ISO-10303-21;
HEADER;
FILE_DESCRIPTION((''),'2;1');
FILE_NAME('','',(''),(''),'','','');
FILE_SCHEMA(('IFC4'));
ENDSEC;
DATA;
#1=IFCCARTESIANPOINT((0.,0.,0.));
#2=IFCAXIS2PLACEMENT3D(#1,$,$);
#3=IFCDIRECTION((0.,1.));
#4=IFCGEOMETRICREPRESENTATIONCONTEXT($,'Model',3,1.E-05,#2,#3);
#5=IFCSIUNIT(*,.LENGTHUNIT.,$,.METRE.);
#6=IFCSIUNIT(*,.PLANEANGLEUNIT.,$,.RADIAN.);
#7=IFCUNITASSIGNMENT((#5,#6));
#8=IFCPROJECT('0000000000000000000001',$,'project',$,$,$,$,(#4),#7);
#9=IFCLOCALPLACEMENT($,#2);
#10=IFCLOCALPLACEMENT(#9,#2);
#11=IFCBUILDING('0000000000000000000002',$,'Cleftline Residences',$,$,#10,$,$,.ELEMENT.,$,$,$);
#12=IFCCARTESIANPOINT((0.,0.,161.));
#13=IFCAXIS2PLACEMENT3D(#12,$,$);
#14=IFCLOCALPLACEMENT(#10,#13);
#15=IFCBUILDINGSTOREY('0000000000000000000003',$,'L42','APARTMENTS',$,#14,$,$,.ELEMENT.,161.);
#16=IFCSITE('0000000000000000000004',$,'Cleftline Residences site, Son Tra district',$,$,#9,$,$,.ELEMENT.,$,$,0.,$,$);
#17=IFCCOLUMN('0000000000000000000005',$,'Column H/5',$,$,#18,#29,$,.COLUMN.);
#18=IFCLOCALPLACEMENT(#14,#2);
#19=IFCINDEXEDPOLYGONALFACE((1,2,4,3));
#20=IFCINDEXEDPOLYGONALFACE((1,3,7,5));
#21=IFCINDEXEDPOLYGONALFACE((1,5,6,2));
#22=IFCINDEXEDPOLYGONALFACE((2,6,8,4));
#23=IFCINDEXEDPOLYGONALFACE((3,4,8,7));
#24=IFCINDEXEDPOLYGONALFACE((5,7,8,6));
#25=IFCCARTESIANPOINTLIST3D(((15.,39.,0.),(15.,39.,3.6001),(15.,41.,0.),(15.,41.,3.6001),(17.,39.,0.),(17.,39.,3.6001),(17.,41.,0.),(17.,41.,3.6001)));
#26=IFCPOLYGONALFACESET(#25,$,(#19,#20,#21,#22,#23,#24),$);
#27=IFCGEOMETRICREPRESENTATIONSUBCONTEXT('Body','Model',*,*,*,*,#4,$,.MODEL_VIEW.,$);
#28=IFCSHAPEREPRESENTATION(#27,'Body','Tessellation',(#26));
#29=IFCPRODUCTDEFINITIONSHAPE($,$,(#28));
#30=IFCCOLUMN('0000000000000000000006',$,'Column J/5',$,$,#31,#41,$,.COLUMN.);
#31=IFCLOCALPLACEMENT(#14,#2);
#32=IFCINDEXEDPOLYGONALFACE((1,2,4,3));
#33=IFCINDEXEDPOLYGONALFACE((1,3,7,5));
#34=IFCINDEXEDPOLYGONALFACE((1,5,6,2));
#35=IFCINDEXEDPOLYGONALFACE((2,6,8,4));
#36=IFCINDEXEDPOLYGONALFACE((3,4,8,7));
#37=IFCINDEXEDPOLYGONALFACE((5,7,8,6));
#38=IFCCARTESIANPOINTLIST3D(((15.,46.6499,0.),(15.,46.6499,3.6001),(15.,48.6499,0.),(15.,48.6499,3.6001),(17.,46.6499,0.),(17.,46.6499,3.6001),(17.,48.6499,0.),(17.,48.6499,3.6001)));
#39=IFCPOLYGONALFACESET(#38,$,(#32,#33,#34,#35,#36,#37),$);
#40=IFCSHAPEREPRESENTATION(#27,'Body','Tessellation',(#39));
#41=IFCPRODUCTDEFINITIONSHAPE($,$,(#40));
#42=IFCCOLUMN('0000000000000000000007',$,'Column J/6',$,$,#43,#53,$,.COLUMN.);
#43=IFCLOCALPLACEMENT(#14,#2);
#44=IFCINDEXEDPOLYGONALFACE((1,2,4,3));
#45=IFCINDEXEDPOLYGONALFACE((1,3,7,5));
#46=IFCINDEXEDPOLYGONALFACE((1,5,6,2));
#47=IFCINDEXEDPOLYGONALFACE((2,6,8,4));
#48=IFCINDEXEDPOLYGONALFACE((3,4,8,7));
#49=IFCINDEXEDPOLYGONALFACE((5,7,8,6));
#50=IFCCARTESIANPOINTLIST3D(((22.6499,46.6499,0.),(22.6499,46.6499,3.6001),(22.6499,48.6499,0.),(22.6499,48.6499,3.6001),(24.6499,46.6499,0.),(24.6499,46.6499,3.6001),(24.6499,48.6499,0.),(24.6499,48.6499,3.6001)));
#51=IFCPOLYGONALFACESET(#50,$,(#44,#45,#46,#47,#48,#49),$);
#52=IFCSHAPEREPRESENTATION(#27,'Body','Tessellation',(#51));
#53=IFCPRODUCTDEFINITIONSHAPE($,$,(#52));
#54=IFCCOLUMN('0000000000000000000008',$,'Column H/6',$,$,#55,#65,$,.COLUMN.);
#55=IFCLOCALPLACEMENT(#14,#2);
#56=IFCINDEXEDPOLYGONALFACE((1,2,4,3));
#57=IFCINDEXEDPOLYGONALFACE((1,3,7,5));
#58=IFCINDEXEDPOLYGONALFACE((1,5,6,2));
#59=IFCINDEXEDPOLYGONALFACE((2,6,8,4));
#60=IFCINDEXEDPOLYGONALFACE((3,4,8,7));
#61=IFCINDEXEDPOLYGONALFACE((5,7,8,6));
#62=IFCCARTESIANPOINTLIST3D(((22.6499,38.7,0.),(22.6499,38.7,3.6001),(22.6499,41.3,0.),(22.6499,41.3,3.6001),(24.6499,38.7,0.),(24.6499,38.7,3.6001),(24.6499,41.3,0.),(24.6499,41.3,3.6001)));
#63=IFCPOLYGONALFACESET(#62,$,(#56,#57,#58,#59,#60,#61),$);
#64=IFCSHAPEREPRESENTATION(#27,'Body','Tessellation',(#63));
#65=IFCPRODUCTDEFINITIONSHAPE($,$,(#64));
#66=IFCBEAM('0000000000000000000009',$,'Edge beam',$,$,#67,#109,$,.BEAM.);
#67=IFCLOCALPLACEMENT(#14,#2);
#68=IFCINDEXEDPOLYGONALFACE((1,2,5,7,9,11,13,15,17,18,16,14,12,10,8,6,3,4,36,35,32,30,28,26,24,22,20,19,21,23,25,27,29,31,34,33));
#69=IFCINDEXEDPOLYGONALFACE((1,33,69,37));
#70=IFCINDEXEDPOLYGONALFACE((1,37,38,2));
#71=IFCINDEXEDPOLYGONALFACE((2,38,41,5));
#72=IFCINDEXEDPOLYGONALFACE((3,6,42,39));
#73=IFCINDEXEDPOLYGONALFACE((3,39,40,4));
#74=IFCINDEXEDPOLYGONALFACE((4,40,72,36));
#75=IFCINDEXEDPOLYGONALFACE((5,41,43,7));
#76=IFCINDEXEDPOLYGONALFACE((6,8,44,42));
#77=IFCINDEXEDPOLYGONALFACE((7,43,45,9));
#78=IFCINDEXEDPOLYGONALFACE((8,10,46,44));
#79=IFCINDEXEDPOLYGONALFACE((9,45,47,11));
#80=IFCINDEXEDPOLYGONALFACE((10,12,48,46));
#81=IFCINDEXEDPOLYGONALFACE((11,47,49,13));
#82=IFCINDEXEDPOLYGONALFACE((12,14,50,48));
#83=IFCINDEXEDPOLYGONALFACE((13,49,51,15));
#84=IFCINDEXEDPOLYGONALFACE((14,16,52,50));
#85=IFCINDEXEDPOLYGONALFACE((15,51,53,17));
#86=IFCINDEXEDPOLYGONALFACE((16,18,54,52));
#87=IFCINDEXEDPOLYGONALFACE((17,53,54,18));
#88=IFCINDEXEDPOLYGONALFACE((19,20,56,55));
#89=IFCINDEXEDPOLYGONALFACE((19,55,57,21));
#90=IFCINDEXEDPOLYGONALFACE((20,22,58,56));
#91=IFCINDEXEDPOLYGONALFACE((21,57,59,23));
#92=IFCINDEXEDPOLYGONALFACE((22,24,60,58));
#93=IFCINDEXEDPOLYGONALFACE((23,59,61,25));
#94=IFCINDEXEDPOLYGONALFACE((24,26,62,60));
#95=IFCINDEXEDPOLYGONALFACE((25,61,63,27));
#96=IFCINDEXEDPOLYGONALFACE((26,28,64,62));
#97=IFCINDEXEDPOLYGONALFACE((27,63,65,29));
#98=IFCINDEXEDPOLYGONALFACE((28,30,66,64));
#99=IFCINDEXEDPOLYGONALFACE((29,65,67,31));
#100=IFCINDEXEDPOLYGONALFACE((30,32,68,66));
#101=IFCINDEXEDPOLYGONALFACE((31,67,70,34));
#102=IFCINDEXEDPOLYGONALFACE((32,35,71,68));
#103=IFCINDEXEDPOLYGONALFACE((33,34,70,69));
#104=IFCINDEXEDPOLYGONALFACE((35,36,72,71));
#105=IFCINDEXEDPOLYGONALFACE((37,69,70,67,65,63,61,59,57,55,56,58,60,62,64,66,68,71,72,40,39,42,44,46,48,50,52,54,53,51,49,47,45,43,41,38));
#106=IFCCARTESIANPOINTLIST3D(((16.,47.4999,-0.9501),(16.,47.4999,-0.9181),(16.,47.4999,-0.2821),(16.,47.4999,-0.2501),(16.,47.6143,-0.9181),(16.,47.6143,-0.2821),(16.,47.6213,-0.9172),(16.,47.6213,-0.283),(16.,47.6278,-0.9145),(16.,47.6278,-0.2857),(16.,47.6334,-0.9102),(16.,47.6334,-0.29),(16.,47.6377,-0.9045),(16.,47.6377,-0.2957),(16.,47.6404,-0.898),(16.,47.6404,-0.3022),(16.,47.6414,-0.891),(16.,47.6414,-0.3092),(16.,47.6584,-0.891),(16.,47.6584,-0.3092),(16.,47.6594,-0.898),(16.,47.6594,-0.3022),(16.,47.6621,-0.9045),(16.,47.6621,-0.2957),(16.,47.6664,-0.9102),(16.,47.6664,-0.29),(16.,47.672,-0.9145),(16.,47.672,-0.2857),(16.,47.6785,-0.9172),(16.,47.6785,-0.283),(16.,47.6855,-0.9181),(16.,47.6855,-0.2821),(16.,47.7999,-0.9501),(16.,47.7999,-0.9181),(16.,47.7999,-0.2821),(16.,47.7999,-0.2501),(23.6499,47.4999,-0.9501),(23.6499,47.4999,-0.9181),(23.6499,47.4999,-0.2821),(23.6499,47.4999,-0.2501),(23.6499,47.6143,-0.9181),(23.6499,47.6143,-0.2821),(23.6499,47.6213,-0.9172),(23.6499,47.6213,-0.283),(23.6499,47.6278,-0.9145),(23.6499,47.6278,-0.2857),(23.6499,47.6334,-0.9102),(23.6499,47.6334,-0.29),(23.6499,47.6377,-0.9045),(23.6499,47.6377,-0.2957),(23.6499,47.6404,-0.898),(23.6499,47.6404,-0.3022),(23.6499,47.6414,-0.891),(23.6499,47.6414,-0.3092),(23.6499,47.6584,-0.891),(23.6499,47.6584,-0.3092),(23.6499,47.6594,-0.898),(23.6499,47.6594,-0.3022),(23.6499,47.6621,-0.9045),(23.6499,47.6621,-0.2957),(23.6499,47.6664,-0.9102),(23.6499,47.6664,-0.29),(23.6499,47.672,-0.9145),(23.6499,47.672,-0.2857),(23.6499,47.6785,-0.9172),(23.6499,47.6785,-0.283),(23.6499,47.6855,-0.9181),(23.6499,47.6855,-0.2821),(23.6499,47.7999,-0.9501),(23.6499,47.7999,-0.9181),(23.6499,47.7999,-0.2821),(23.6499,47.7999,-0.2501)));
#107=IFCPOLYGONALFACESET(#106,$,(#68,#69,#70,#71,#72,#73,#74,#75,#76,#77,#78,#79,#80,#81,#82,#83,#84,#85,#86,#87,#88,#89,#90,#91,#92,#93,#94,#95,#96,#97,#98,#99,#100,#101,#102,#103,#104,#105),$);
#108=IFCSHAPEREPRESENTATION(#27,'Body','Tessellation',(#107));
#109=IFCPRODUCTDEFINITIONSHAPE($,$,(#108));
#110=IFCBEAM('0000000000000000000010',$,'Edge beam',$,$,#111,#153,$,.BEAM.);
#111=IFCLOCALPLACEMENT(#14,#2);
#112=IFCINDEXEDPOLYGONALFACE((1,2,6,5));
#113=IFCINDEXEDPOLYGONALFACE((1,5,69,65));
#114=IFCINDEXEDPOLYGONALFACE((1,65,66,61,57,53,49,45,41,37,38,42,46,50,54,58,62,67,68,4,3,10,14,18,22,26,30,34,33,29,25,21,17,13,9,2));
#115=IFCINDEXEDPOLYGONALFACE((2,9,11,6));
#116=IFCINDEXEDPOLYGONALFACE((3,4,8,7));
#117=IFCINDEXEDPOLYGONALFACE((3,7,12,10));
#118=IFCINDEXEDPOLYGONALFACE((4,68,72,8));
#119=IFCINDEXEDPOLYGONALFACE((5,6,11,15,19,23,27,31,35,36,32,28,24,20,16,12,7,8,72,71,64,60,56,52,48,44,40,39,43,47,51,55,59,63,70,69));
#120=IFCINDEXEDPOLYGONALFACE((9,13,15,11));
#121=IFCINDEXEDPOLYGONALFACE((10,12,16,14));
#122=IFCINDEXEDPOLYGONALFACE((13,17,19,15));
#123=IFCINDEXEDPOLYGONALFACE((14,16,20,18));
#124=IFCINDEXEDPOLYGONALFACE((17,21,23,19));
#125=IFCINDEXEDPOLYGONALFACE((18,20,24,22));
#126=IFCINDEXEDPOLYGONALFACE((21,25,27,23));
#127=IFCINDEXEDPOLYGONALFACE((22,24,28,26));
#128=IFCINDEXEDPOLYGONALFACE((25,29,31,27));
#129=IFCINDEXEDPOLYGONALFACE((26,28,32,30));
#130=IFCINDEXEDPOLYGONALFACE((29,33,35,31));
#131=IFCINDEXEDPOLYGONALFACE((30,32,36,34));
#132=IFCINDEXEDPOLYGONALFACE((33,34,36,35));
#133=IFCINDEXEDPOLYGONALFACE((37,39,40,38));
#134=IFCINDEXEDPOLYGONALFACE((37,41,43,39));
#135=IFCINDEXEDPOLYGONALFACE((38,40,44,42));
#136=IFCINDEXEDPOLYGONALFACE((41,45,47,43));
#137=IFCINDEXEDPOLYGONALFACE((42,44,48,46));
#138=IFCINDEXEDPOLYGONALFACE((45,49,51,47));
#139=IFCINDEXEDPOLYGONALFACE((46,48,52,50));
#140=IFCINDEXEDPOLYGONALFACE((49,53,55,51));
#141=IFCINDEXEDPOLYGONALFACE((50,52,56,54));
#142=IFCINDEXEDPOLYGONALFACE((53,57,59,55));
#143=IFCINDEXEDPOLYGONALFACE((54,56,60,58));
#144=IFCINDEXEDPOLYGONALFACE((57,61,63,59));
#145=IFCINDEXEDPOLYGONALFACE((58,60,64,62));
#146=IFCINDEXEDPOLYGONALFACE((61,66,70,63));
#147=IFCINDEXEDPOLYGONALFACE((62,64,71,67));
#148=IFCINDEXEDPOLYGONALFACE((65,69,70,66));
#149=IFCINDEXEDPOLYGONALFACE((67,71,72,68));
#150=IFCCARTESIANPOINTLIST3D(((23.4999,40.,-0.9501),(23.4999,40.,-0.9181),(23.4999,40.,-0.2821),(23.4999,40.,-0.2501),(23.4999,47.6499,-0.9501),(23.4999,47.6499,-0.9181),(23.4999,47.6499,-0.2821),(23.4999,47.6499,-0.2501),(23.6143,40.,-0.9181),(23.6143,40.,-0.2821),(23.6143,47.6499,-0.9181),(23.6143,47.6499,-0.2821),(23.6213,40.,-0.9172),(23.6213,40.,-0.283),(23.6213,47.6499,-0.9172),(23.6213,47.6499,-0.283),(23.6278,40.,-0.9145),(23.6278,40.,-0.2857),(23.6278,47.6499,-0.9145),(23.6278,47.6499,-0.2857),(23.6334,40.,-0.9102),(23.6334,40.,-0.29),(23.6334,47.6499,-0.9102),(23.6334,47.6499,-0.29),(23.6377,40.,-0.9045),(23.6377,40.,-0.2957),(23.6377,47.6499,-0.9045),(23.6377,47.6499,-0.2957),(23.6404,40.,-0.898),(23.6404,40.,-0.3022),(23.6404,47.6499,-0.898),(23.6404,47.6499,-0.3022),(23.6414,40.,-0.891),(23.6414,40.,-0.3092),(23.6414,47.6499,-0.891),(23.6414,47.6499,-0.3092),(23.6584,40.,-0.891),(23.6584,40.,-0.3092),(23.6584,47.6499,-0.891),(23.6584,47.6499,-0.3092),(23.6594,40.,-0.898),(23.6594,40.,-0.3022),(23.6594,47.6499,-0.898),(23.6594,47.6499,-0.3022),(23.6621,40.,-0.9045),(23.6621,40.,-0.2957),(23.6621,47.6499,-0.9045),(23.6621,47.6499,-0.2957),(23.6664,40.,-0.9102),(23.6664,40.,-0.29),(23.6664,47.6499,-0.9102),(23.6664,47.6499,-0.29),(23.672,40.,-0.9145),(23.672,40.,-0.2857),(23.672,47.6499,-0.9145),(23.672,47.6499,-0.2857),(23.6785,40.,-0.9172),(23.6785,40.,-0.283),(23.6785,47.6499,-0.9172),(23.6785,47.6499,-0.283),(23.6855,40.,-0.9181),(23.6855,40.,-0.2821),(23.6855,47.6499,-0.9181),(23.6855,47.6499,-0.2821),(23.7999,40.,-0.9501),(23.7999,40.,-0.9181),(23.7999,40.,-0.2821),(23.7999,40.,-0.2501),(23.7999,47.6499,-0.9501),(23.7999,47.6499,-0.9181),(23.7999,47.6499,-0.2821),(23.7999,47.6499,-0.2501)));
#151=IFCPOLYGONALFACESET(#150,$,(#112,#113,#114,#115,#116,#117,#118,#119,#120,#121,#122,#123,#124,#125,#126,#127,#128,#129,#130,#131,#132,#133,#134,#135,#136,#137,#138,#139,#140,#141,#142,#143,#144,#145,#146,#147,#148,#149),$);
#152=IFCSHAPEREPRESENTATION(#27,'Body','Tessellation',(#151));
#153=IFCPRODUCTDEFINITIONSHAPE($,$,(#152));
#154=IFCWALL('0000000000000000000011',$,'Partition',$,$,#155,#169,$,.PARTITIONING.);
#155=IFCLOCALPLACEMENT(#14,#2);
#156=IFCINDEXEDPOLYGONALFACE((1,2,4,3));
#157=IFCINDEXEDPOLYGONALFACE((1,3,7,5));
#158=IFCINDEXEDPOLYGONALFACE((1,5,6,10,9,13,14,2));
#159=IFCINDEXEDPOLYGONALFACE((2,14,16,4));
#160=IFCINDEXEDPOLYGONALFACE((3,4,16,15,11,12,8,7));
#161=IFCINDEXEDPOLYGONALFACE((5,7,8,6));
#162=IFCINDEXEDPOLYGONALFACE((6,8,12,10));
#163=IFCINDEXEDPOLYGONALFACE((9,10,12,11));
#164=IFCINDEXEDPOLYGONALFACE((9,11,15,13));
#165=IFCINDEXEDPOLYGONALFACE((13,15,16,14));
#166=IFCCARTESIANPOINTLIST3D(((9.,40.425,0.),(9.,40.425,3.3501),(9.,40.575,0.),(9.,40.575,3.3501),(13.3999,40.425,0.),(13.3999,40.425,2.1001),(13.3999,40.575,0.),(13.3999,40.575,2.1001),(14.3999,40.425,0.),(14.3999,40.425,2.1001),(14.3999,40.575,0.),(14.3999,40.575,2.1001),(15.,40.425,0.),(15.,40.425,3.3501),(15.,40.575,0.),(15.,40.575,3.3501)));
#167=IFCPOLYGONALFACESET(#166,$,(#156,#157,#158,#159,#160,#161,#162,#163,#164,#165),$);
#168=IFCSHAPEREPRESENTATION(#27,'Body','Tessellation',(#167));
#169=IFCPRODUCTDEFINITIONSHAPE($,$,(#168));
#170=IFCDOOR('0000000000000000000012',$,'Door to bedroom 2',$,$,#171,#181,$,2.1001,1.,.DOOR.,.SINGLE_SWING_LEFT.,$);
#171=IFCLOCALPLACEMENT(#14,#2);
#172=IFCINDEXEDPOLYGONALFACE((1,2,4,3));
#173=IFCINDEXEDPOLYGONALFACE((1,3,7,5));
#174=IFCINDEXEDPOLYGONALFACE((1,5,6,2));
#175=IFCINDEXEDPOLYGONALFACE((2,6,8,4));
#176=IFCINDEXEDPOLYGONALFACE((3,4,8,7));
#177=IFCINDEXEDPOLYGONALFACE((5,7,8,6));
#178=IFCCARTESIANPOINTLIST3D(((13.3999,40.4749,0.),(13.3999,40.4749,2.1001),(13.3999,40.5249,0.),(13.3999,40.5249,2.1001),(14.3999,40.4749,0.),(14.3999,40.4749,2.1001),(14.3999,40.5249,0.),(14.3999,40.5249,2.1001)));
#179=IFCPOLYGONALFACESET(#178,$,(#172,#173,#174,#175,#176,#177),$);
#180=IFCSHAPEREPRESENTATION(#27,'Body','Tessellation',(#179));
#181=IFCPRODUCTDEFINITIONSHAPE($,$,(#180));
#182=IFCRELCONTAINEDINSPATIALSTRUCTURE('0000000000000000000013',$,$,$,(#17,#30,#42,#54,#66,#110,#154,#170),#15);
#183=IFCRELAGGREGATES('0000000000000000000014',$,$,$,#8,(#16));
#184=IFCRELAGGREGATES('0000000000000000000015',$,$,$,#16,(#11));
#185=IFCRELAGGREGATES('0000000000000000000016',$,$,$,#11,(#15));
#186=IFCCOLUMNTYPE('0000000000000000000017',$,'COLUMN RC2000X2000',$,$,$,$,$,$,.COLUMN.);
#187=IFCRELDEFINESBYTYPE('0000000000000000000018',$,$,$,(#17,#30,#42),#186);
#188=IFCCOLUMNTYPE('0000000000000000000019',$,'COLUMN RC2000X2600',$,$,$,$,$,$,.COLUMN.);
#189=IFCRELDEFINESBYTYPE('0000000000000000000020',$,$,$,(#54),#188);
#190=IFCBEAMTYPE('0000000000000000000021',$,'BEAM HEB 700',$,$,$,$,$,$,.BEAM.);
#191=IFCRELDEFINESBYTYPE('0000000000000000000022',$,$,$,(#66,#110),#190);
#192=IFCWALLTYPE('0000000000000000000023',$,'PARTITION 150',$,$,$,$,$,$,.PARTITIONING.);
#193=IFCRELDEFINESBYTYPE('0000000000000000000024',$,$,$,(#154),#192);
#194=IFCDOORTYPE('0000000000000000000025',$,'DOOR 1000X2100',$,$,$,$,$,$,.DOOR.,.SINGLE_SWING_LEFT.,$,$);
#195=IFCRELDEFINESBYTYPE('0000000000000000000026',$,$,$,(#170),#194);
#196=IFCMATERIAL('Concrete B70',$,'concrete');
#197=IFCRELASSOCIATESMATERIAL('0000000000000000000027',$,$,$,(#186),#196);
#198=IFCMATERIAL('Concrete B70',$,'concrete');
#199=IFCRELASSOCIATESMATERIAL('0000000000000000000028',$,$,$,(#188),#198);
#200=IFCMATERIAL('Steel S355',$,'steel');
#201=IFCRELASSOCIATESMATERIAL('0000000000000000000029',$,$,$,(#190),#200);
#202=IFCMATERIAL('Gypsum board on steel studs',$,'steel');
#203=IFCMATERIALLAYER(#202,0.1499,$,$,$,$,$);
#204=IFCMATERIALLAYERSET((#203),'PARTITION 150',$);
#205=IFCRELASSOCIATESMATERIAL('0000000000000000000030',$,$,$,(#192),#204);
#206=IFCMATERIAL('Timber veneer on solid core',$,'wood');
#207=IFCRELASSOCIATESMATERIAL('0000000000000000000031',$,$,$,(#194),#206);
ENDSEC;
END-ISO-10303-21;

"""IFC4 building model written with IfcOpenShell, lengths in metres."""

from ifc_helpers import new_model, si_unit, direction, frame, frame_2d, origin, origin_2d, place, context, subcontext, project, spatial, rectangle, i_section, extrude, material, layer, layer_set, material_profile, profile_set, type_object, element, fill, save


model = new_model("IFC4")

# Units and contexts
model_context = context("Model", 3, precision=1e-05, world=origin(), true_north=direction((0.0, 1.0)))
body_context = subcontext(model_context, "Body", "Model", "MODEL_VIEW")
ifc_project = project(units=[si_unit("LENGTHUNIT", "METRE"), si_unit("PLANEANGLEUNIT", "RADIAN")], contexts=[model_context])

# Site, building, storey
site_placement = place(None, origin())
site = spatial("IfcSite", under=ifc_project, at=site_placement, Name="Cleftline Residences site, Son Tra district", CompositionType="ELEMENT", RefElevation=0.0)
building_placement = place(site_placement, origin())
building = spatial("IfcBuilding", under=site, at=building_placement, Name="Cleftline Residences", CompositionType="ELEMENT")
storey_placement = place(building_placement, frame((0.0, 0.0, 161.0)))
storey = spatial("IfcBuildingStorey", under=building, at=storey_placement, Name="L42", Description="APARTMENTS", CompositionType="ELEMENT", Elevation=161.0)

# Columns
ifc_material_1 = material(Name="Concrete B70", Category="concrete")
ifc_material_profile_1 = material_profile(ifc_material_1, rectangle(XDim=2.0, YDim=2.0, at=origin_2d()))
ifc_profile_set_1 = profile_set([ifc_material_profile_1], Name="Concrete B70")
column_type_1 = type_object("IfcColumnType", Name="COLUMN RC2000X2000", PredefinedType="COLUMN", material=ifc_profile_set_1)
for number, where, z_axis, x_axis, name in (
    (1, (16.0, 40.0, 0.0), (0.0, 0.0, 1.0), (1.0, 0.0, 0.0), "Column H/5"),
    (2, (16.0, 47.6499, 0.0), (0.0, 0.0, 1.0), (1.0, 0.0, 0.0), "Column J/5"),
    (3, (23.6499, 47.6499, 0.0), (0.0, 0.0, 1.0), (1.0, 0.0, 0.0), "Column J/6"),
):
    element("IfcColumn", number, at=place(storey_placement, frame(where, z_axis=z_axis, x_axis=x_axis)), inside=storey, type_object=column_type_1, Name=name, PredefinedType="COLUMN", context=body_context, shape_type="SweptSolid", body=[
        extrude(rectangle(XDim=2.0, YDim=2.0, at=origin_2d()), origin(), (0.0, 0.0, 1.0), 3.6001),
    ])
ifc_material_2 = material(Name="Concrete B70", Category="concrete")
ifc_material_profile_2 = material_profile(ifc_material_2, rectangle(XDim=2.0, YDim=2.6001, at=origin_2d()))
ifc_profile_set_2 = profile_set([ifc_material_profile_2], Name="Concrete B70")
column_type_2 = type_object("IfcColumnType", Name="COLUMN RC2000X2600", PredefinedType="COLUMN", material=ifc_profile_set_2)
column_placement = place(storey_placement, frame((23.6499, 40.0, 0.0), z_axis=(0.0, 0.0, 1.0), x_axis=(1.0, 0.0, 0.0)))
element("IfcColumn", 4, at=column_placement, inside=storey, type_object=column_type_2, Name="Column H/6", PredefinedType="COLUMN", context=body_context, shape_type="SweptSolid", body=[
    extrude(rectangle(XDim=2.0, YDim=2.6001, at=origin_2d()), origin(), (0.0, 0.0, 1.0), 3.6001),
])

# Beams
ifc_material_3 = material(Name="Steel S355", Category="steel")
ifc_material_profile_3 = material_profile(ifc_material_3, i_section(OverallWidth=0.3, OverallDepth=0.7, WebThickness=0.0171, FlangeThickness=0.032, FilletRadius=0.0271, at=origin_2d()))
ifc_profile_set_3 = profile_set([ifc_material_profile_3], Name="Steel S355")
beam_type = type_object("IfcBeamType", Name="BEAM HEB 700", PredefinedType="BEAM", material=ifc_profile_set_3)
for number, where, z_axis, x_axis, name in (
    (5, (16.0, 47.6499, -0.6001), (1.0, 0.0, 0.0), (0.0, 1.0, 0.0), "Edge beam"),
    (6, (23.6499, 47.6499, -0.6001), (0.0, -1.0, 0.0), (1.0, 0.0, 0.0), "Edge beam"),
):
    element("IfcBeam", number, at=place(storey_placement, frame(where, z_axis=z_axis, x_axis=x_axis)), inside=storey, type_object=beam_type, Name=name, PredefinedType="BEAM", context=body_context, shape_type="SweptSolid", body=[
        extrude(i_section(OverallWidth=0.3, OverallDepth=0.7, WebThickness=0.0171, FlangeThickness=0.032, FilletRadius=0.0271, at=origin_2d()), origin(), (0.0, 0.0, 1.0), 7.6499),
    ])

# Wall, opening, door
ifc_material_4 = material(Name="Gypsum board on steel studs", Category="steel")
ifc_layer = layer(ifc_material_4, 0.1499)
ifc_layer_set = layer_set([ifc_layer], Name="PARTITION 150")
wall_type = type_object("IfcWallType", Name="PARTITION 150", PredefinedType="PARTITIONING", material=ifc_layer_set)
wall_1_placement = place(storey_placement, frame((9.0, 40.5, 0.0), z_axis=(0.0, 0.0, 1.0), x_axis=(1.0, 0.0, 0.0)))
wall_1 = element("IfcWall", 7, at=wall_1_placement, inside=storey, type_object=wall_type, Name="Partition", PredefinedType="PARTITIONING", context=body_context, shape_type="SweptSolid", body=[
    extrude(rectangle(XDim=6.0, YDim=0.1499, at=frame_2d((3.0, 0.0))), origin(), (0.0, 0.0, 1.0), 3.3501),
])
opening_1_placement = place(wall_1_placement, frame((4.3999, 0.0, 0.0)))
opening_1 = element("IfcOpeningElement", 8, at=opening_1_placement, cuts=wall_1, PredefinedType="OPENING", context=body_context, shape_type="SweptSolid", body=[
    extrude(rectangle(XDim=1.0, YDim=2.1001, at=frame_2d((0.5, 1.05))), frame((0.0, 0.085, 0.0), z_axis=(0.0, -1.0, 0.0), x_axis=(1.0, 0.0, 0.0)), (0.0, 0.0, 1.0), 0.1699),
])
ifc_material_5 = material(Name="Timber veneer on solid core", Category="wood")
door_type_1 = type_object("IfcDoorType", Name="DOOR 1000X2100", OperationType="SINGLE_SWING_LEFT", PredefinedType="DOOR", material=ifc_material_5)
door_1_placement = place(opening_1_placement, origin())
door_1 = element("IfcDoor", 9, at=door_1_placement, inside=storey, type_object=door_type_1, Name="Door to bedroom 2", OperationType="SINGLE_SWING_LEFT", OverallHeight=2.1001, OverallWidth=1.0, PredefinedType="DOOR", context=body_context, shape_type="SweptSolid", body=[
    extrude(rectangle(XDim=1.0, YDim=2.1001, at=frame_2d((0.5, 1.05))), frame((0.0, 0.0249, 0.0), z_axis=(0.0, -1.0, 0.0), x_axis=(1.0, 0.0, 0.0)), (0.0, 0.0, 1.0), 0.05),
])
fill(opening_1, door_1)

save(model, "model.ifc")
